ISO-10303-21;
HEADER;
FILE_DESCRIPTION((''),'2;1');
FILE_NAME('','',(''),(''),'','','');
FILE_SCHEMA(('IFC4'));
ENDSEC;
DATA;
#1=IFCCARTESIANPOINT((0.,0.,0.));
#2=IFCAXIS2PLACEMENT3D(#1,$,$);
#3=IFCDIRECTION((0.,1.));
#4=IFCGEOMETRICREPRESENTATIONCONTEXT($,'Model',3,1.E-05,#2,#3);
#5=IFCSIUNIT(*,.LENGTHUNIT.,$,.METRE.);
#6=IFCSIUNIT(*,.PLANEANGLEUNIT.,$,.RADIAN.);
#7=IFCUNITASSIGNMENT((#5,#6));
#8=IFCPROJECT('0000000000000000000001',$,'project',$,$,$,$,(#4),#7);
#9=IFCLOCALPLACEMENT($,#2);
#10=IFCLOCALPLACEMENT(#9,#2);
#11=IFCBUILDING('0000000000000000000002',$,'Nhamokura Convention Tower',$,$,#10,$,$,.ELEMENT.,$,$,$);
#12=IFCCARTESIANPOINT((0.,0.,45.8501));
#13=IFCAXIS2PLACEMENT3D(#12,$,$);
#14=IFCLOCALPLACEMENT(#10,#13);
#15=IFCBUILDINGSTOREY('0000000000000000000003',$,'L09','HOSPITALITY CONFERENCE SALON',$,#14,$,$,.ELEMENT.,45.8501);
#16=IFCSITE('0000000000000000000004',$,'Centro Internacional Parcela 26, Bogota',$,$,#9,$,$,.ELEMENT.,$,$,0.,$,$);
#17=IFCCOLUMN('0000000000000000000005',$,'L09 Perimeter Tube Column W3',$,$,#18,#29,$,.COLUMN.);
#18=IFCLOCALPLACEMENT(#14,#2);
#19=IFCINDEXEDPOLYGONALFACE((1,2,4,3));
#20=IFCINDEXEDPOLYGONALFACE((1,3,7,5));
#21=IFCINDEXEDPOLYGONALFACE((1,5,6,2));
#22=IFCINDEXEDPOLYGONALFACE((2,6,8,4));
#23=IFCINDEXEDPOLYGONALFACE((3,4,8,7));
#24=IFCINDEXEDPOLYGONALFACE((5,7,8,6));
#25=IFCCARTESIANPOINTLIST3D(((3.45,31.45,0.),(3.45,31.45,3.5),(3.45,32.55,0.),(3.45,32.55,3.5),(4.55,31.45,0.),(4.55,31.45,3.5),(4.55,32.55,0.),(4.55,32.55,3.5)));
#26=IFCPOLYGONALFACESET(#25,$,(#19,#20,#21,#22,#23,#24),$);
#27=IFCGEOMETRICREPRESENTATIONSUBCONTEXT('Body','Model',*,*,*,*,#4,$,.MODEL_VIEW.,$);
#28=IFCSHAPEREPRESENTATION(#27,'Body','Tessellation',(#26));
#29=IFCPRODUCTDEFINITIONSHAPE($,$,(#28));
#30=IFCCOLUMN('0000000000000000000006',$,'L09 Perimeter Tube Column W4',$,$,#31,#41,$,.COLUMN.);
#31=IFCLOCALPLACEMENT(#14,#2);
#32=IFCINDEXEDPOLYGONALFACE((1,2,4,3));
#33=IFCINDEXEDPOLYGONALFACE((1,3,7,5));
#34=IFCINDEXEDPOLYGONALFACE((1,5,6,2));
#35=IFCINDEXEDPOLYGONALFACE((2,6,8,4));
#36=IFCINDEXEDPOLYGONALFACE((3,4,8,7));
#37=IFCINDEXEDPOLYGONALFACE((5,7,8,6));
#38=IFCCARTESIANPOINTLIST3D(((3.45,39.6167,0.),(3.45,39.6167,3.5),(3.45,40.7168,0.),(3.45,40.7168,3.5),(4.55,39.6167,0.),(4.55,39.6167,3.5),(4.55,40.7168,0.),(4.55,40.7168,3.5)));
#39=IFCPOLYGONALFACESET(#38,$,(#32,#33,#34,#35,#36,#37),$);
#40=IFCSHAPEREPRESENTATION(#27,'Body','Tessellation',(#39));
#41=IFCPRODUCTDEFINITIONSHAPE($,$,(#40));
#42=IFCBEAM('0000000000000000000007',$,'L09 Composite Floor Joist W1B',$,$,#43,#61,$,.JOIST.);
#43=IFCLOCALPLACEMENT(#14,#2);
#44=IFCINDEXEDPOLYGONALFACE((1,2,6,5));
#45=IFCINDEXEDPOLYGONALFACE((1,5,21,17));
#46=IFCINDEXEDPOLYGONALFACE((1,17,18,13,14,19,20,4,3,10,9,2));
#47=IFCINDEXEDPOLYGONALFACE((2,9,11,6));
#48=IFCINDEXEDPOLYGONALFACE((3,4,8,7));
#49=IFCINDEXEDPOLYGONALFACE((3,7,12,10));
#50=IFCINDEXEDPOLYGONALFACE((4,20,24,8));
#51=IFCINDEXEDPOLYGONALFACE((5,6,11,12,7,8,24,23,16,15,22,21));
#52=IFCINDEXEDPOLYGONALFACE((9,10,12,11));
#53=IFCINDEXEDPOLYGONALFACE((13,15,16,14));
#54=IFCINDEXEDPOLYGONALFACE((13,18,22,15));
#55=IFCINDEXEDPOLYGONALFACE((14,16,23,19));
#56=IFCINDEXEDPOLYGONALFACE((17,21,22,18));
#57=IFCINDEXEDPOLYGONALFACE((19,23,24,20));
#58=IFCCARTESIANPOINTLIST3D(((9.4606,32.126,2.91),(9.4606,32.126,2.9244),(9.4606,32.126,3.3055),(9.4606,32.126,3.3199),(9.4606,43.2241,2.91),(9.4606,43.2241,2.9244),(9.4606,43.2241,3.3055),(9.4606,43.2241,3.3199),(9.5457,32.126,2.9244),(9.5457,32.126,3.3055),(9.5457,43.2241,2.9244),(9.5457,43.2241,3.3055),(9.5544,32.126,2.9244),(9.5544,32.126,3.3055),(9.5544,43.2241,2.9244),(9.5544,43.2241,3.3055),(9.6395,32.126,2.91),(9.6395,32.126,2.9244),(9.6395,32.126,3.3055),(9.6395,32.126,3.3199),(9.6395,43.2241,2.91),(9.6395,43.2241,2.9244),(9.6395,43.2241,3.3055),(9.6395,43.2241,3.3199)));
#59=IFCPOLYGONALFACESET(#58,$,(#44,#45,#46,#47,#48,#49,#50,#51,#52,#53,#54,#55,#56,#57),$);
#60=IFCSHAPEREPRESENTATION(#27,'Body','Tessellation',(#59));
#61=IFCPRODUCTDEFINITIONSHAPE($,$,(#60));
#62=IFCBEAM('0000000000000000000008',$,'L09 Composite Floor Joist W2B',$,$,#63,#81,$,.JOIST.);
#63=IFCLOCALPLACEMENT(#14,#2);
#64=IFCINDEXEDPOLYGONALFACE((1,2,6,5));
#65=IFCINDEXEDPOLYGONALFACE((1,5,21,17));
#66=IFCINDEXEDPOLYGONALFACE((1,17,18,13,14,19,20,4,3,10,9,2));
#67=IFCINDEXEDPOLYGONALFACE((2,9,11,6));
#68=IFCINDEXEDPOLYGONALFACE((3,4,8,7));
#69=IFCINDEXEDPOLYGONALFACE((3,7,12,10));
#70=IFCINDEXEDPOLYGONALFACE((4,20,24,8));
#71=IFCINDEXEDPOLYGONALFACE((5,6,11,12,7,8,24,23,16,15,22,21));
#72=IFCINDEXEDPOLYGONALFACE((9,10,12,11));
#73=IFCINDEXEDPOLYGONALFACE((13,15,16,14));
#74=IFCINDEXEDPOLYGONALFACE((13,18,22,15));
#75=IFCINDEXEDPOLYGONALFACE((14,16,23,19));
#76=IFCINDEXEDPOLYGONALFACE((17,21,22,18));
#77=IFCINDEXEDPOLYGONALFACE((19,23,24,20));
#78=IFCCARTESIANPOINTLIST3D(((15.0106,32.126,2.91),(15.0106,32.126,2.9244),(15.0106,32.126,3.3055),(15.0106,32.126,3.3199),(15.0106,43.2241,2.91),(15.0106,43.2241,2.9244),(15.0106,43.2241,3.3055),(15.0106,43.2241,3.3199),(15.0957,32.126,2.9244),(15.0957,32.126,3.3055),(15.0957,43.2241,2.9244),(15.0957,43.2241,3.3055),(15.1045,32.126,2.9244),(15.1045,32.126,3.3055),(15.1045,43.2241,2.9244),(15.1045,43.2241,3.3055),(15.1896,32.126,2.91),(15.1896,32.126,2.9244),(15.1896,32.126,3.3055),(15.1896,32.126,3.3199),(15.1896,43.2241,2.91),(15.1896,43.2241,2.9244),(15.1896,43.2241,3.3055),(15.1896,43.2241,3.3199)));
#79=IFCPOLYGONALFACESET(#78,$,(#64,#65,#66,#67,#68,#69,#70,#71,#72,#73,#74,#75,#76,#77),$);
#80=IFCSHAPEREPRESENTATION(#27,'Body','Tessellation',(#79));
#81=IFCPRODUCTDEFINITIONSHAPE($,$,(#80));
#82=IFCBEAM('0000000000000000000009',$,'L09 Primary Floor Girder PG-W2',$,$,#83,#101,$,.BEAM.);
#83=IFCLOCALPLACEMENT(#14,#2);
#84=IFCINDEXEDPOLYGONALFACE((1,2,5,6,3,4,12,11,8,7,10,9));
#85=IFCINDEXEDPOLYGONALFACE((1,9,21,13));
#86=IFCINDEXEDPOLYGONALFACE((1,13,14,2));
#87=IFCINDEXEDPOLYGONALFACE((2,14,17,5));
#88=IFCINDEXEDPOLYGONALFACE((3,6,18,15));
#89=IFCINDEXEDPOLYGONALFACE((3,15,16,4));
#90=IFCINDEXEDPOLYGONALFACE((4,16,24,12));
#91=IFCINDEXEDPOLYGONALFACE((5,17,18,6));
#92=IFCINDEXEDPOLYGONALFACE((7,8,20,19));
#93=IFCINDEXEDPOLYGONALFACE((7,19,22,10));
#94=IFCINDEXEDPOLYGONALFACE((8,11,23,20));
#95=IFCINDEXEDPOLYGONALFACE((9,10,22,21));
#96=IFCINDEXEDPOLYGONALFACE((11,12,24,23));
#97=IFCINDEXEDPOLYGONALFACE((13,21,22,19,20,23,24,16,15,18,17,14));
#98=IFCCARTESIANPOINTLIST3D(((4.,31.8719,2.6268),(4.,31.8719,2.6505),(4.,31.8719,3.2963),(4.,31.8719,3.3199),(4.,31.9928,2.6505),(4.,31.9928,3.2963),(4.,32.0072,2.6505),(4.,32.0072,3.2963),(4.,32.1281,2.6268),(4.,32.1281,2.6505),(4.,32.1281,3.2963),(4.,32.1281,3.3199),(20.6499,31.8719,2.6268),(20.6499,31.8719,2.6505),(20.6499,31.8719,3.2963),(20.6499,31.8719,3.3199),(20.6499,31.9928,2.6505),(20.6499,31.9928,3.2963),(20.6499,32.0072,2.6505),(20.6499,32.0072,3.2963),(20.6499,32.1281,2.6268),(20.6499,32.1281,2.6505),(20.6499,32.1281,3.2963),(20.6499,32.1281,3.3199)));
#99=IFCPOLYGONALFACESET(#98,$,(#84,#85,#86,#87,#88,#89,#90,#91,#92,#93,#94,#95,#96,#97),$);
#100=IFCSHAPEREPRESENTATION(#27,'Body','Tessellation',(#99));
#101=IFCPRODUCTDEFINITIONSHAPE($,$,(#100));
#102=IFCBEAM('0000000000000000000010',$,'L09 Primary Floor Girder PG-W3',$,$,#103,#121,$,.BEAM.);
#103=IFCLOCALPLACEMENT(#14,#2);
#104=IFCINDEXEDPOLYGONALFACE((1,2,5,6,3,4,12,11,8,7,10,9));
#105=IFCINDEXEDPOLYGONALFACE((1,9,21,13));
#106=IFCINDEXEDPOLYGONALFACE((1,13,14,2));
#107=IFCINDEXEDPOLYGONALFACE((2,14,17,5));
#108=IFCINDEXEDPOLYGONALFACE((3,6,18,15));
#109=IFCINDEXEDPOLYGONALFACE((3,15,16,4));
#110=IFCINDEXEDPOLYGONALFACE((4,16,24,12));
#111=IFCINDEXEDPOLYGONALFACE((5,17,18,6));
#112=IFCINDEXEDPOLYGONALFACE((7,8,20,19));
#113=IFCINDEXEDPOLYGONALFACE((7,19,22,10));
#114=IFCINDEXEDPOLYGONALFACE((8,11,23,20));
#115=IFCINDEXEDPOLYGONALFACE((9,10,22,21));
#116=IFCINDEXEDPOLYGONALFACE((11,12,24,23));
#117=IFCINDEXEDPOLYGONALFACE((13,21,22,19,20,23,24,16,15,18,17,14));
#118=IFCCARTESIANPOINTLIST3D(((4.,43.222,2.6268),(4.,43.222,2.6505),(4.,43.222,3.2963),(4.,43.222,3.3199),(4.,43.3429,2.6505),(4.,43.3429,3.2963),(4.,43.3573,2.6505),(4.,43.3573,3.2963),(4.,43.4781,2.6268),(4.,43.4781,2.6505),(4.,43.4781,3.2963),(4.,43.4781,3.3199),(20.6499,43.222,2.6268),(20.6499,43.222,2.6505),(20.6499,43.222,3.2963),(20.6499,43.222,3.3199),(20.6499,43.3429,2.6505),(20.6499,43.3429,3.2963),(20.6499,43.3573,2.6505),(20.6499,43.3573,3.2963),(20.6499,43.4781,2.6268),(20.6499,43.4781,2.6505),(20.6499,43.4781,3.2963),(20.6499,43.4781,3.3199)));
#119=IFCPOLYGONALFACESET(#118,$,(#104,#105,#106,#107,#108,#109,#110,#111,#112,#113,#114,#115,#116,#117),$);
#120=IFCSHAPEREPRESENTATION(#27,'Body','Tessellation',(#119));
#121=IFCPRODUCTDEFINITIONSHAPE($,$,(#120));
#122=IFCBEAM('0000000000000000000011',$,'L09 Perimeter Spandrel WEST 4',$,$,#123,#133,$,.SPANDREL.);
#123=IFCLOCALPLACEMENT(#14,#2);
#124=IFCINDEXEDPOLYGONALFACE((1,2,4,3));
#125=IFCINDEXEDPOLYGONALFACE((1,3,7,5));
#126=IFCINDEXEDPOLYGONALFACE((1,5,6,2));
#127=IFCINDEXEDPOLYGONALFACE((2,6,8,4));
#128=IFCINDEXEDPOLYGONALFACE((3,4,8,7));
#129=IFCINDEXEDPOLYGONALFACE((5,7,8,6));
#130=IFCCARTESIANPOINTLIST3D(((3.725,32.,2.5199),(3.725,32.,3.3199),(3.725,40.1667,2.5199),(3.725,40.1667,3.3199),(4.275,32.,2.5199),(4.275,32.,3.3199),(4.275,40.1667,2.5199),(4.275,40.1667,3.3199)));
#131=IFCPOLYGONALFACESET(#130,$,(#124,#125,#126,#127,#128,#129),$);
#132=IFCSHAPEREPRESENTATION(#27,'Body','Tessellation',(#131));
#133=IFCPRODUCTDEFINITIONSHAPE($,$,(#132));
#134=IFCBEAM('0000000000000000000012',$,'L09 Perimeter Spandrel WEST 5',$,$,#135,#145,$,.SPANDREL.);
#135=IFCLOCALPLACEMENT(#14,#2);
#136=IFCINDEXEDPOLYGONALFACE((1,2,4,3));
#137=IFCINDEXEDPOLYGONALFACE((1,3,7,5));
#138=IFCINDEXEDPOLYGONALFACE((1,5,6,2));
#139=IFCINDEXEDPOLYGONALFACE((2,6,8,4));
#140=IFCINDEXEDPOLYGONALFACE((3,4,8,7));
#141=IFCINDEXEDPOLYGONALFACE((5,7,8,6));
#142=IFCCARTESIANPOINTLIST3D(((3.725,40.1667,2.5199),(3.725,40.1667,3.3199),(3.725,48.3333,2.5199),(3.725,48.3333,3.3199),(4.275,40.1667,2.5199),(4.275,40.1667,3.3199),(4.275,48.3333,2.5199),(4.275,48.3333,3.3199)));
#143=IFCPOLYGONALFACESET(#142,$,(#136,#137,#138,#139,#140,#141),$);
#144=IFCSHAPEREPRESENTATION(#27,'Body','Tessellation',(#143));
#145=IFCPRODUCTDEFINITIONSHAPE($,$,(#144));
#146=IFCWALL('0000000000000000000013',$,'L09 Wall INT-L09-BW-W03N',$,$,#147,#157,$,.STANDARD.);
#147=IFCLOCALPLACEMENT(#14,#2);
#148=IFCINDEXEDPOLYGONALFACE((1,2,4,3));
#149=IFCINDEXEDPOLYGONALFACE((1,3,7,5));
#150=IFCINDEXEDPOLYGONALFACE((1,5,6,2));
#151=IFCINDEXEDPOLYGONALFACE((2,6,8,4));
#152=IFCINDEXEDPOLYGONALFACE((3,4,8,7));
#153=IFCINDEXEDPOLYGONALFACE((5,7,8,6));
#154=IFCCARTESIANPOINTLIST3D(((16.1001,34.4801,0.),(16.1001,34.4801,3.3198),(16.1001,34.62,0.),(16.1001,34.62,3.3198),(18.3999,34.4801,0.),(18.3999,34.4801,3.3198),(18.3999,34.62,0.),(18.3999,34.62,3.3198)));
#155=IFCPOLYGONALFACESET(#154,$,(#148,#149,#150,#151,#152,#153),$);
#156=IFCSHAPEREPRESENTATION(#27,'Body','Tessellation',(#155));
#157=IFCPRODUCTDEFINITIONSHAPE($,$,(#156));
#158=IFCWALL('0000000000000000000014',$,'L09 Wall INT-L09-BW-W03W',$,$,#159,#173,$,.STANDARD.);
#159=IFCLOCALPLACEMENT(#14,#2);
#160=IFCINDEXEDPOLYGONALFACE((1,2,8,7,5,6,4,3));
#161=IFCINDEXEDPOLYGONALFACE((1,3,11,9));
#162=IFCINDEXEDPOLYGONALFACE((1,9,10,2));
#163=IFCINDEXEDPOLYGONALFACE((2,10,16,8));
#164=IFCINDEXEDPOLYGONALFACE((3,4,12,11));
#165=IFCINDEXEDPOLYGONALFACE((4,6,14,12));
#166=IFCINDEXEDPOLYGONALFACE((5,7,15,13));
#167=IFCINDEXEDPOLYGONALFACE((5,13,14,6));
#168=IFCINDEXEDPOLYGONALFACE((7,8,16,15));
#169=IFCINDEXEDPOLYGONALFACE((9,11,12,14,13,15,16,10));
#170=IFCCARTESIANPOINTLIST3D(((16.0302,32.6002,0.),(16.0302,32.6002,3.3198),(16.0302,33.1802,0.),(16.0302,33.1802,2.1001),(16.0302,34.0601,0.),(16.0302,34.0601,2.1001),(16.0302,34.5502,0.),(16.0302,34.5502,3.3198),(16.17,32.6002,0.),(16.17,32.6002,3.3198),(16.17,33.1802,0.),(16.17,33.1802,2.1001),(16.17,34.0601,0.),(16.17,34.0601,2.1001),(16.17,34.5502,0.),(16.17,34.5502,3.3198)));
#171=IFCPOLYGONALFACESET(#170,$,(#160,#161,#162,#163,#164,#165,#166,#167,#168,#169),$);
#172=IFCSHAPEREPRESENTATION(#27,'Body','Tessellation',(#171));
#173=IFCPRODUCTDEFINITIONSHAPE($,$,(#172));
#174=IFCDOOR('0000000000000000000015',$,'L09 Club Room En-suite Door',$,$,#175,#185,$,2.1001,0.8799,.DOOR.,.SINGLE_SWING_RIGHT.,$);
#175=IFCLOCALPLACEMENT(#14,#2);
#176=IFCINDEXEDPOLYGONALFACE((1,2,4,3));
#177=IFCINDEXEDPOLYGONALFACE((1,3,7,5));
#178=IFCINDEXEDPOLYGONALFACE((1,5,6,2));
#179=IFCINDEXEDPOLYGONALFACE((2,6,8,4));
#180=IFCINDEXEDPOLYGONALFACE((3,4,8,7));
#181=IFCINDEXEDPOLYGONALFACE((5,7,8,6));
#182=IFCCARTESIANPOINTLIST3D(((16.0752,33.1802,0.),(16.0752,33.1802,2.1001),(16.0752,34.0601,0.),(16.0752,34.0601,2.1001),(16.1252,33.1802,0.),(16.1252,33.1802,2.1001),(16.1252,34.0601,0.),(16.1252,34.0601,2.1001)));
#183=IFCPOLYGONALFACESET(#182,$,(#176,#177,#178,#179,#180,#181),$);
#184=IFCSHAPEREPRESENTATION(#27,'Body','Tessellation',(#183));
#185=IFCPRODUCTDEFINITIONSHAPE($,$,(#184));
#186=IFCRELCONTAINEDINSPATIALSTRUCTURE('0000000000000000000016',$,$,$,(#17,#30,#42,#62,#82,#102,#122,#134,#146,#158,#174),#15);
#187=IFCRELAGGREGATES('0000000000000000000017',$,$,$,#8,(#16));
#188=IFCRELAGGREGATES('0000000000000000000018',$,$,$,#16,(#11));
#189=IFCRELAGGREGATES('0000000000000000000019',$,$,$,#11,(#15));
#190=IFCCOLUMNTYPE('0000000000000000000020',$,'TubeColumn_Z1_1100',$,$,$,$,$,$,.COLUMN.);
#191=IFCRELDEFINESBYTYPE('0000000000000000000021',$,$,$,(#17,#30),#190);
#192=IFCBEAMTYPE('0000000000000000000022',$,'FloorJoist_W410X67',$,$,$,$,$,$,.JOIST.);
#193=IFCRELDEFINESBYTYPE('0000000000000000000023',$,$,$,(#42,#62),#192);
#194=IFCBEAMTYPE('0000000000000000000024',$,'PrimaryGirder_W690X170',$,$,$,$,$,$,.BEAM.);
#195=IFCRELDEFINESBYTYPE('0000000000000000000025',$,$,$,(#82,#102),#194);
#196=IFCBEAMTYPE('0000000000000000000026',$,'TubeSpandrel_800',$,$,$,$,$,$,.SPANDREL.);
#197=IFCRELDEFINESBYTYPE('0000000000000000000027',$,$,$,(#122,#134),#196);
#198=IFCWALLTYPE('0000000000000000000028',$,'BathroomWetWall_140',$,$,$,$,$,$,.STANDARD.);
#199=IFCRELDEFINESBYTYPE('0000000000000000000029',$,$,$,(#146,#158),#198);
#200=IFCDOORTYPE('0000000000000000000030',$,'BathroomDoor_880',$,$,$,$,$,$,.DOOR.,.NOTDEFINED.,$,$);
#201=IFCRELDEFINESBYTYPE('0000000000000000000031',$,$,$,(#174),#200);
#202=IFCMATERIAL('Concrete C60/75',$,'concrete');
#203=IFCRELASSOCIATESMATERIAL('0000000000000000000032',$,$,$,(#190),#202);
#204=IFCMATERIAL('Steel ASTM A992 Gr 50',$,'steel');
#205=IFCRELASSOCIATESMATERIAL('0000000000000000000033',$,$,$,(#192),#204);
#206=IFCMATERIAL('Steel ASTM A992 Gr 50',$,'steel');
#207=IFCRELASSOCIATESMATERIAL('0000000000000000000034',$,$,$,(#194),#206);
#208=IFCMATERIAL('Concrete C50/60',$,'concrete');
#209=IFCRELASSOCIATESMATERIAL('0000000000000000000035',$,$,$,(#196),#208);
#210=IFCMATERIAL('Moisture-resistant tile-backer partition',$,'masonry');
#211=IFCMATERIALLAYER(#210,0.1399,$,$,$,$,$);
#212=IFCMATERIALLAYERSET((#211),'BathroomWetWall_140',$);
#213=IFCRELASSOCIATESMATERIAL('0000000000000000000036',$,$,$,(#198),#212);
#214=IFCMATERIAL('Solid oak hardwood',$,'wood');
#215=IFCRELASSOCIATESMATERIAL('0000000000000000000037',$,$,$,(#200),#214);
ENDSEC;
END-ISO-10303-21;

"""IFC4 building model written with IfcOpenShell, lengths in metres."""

from ifc_helpers import new_model, si_unit, direction, frame, frame_2d, origin, origin_2d, place, context, subcontext, project, spatial, rectangle, i_section, extrude, material, layer, layer_set, material_profile, profile_set, type_object, element, fill, save


model = new_model("IFC4")

# Units and contexts
model_context = context("Model", 3, precision=1e-05, world=origin(), true_north=direction((0.0, 1.0)))
body_context = subcontext(model_context, "Body", "Model", "MODEL_VIEW")
ifc_project = project(units=[si_unit("LENGTHUNIT", "METRE"), si_unit("PLANEANGLEUNIT", "RADIAN")], contexts=[model_context])

# Site, building, storey
site_placement = place(None, origin())
site = spatial("IfcSite", under=ifc_project, at=site_placement, Name="Centro Internacional Parcela 26, Bogota", CompositionType="ELEMENT", RefElevation=0.0)
building_placement = place(site_placement, origin())
building = spatial("IfcBuilding", under=site, at=building_placement, Name="Nhamokura Convention Tower", CompositionType="ELEMENT")
storey_placement = place(building_placement, frame((0.0, 0.0, 45.8501)))
storey = spatial("IfcBuildingStorey", under=building, at=storey_placement, Name="L09", Description="HOSPITALITY CONFERENCE SALON", CompositionType="ELEMENT", Elevation=45.8501)

# Columns
ifc_material_1 = material(Name="Concrete C60/75", Category="concrete")
ifc_material_profile_1 = material_profile(ifc_material_1, rectangle(XDim=1.1001, YDim=1.1001, at=origin_2d()))
ifc_profile_set_1 = profile_set([ifc_material_profile_1], Name="Concrete C60/75")
column_type = type_object("IfcColumnType", Name="TubeColumn_Z1_1100", PredefinedType="COLUMN", material=ifc_profile_set_1)
for number, where, z_axis, x_axis, name in (
    (1, (4.0, 32.0, 0.0), (0.0, 0.0, 1.0), (1.0, 0.0, 0.0), "L09 Perimeter Tube Column W3"),
    (2, (4.0, 40.1667, 0.0), (0.0, 0.0, 1.0), (1.0, 0.0, 0.0), "L09 Perimeter Tube Column W4"),
):
    element("IfcColumn", number, at=place(storey_placement, frame(where, z_axis=z_axis, x_axis=x_axis)), inside=storey, type_object=column_type, Name=name, PredefinedType="COLUMN", context=body_context, shape_type="SweptSolid", body=[
        extrude(rectangle(XDim=1.1001, YDim=1.1001, at=origin_2d()), origin(), (0.0, 0.0, 1.0), 3.5),
    ])

# Beams
ifc_material_2 = material(Name="Steel ASTM A992 Gr 50", Category="steel")
ifc_material_profile_2 = material_profile(ifc_material_2, i_section(OverallWidth=0.179, OverallDepth=0.4099, WebThickness=0.0088, FlangeThickness=0.0144, at=origin_2d()))
ifc_profile_set_2 = profile_set([ifc_material_profile_2], Name="Steel ASTM A992 Gr 50")
beam_type_1 = type_object("IfcBeamType", Name="FloorJoist_W410X67", PredefinedType="JOIST", material=ifc_profile_set_2)
for number, where, z_axis, x_axis, name in (
    (3, (9.55, 32.126, 3.115), (0.0, 1.0, 0.0), (-1.0, 0.0, 0.0), "L09 Composite Floor Joist W1B"),
    (4, (15.1001, 32.126, 3.115), (0.0, 1.0, 0.0), (-1.0, 0.0, 0.0), "L09 Composite Floor Joist W2B"),
):
    element("IfcBeam", number, at=place(storey_placement, frame(where, z_axis=z_axis, x_axis=x_axis)), inside=storey, type_object=beam_type_1, Name=name, PredefinedType="JOIST", context=body_context, shape_type="SweptSolid", body=[
        extrude(i_section(OverallWidth=0.179, OverallDepth=0.4099, WebThickness=0.0088, FlangeThickness=0.0144, at=origin_2d()), origin(), (0.0, 0.0, 1.0), 11.0981),
    ])
ifc_material_3 = material(Name="Steel ASTM A992 Gr 50", Category="steel")
ifc_material_profile_3 = material_profile(ifc_material_3, i_section(OverallWidth=0.2561, OverallDepth=0.6931, WebThickness=0.0144, FlangeThickness=0.0237, at=origin_2d()))
ifc_profile_set_3 = profile_set([ifc_material_profile_3], Name="Steel ASTM A992 Gr 50")
beam_type_2 = type_object("IfcBeamType", Name="PrimaryGirder_W690X170", PredefinedType="BEAM", material=ifc_profile_set_3)
for number, where, z_axis, x_axis, name in (
    (5, (4.0, 32.0, 2.9734), (1.0, 0.0, 0.0), (0.0, 1.0, 0.0), "L09 Primary Floor Girder PG-W2"),
    (6, (4.0, 43.3501, 2.9734), (1.0, 0.0, 0.0), (0.0, 1.0, 0.0), "L09 Primary Floor Girder PG-W3"),
):
    element("IfcBeam", number, at=place(storey_placement, frame(where, z_axis=z_axis, x_axis=x_axis)), inside=storey, type_object=beam_type_2, Name=name, PredefinedType="BEAM", context=body_context, shape_type="SweptSolid", body=[
        extrude(i_section(OverallWidth=0.2561, OverallDepth=0.6931, WebThickness=0.0144, FlangeThickness=0.0237, at=origin_2d()), origin(), (0.0, 0.0, 1.0), 16.6499),
    ])
ifc_material_4 = material(Name="Concrete C50/60", Category="concrete")
ifc_material_profile_4 = material_profile(ifc_material_4, rectangle(XDim=0.55, YDim=0.8, at=origin_2d()))
ifc_profile_set_4 = profile_set([ifc_material_profile_4], Name="Concrete C50/60")
beam_type_3 = type_object("IfcBeamType", Name="TubeSpandrel_800", PredefinedType="SPANDREL", material=ifc_profile_set_4)
beam_1_placement = place(storey_placement, frame((4.0, 32.0, 2.9199), z_axis=(0.0, 1.0, 0.0), x_axis=(-1.0, 0.0, 0.0)))
element("IfcBeam", 7, at=beam_1_placement, inside=storey, type_object=beam_type_3, Name="L09 Perimeter Spandrel WEST 4", PredefinedType="SPANDREL", context=body_context, shape_type="SweptSolid", body=[
    extrude(rectangle(XDim=0.55, YDim=0.8, at=origin_2d()), origin(), (0.0, 0.0, 1.0), 8.1667),
])
beam_2_placement = place(storey_placement, frame((4.0, 40.1667, 2.9199), z_axis=(0.0, 1.0, 0.0), x_axis=(-1.0, 0.0, 0.0)))
element("IfcBeam", 8, at=beam_2_placement, inside=storey, type_object=beam_type_3, Name="L09 Perimeter Spandrel WEST 5", PredefinedType="SPANDREL", context=body_context, shape_type="SweptSolid", body=[
    extrude(rectangle(XDim=0.55, YDim=0.8, at=origin_2d()), origin(), (0.0, 0.0, 1.0), 8.1665),
])

# Wall
ifc_material_5 = material(Name="Moisture-resistant tile-backer partition", Category="masonry")
ifc_layer_1 = layer(ifc_material_5, 0.1399)
ifc_layer_set_1 = layer_set([ifc_layer_1], Name="BathroomWetWall_140")
wall_type_1 = type_object("IfcWallType", Name="BathroomWetWall_140", PredefinedType="STANDARD", material=ifc_layer_set_1)
wall_1_placement = place(storey_placement, frame((16.1001, 34.55, 0.0), z_axis=(0.0, 0.0, 1.0), x_axis=(1.0, 0.0, 0.0)))
element("IfcWall", 9, at=wall_1_placement, inside=storey, type_object=wall_type_1, Name="L09 Wall INT-L09-BW-W03N", PredefinedType="STANDARD", context=body_context, shape_type="SweptSolid", body=[
    extrude(rectangle(XDim=2.2998, YDim=0.1399, at=frame_2d((1.1499, 0.0))), origin(), (0.0, 0.0, 1.0), 3.3198),
])

# Wall, opening, door
wall_2_placement = place(storey_placement, frame((16.1001, 32.6001, 0.0), z_axis=(0.0, 0.0, 1.0), x_axis=(0.0, 1.0, 0.0)))
wall_2 = element("IfcWall", 10, at=wall_2_placement, inside=storey, type_object=wall_type_1, Name="L09 Wall INT-L09-BW-W03W", PredefinedType="STANDARD", context=body_context, shape_type="SweptSolid", body=[
    extrude(rectangle(XDim=1.95, YDim=0.1399, at=frame_2d((0.9751, 0.0))), origin(), (0.0, 0.0, 1.0), 3.3198),
])
opening_1_placement = place(wall_2_placement, frame((0.5801, 0.0, 0.0)))
opening_1 = element("IfcOpeningElement", 11, at=opening_1_placement, cuts=wall_2, PredefinedType="OPENING", context=body_context, shape_type="SweptSolid", body=[
    extrude(rectangle(XDim=0.8799, YDim=2.1001, at=frame_2d((0.4399, 1.05))), frame((0.0, 0.0798, 0.0), z_axis=(0.0, -1.0, 0.0), x_axis=(1.0, 0.0, 0.0)), (0.0, 0.0, 1.0), 0.1599),
])
ifc_material_6 = material(Name="Solid oak hardwood", Category="wood")
door_type = type_object("IfcDoorType", Name="BathroomDoor_880", OperationType="NOTDEFINED", PredefinedType="DOOR", material=ifc_material_6)
door_1_placement = place(opening_1_placement, origin())
door_1 = element("IfcDoor", 12, at=door_1_placement, inside=storey, type_object=door_type, Name="L09 Club Room En-suite Door", OperationType="SINGLE_SWING_RIGHT", OverallHeight=2.1001, OverallWidth=0.8799, PredefinedType="DOOR", context=body_context, shape_type="SweptSolid", body=[
    extrude(rectangle(XDim=0.8799, YDim=2.1001, at=frame_2d((0.4399, 1.05))), frame((0.0, 0.0249, 0.0), z_axis=(0.0, -1.0, 0.0), x_axis=(1.0, 0.0, 0.0)), (0.0, 0.0, 1.0), 0.05),
])
fill(opening_1, door_1)

save(model, "model.ifc")
